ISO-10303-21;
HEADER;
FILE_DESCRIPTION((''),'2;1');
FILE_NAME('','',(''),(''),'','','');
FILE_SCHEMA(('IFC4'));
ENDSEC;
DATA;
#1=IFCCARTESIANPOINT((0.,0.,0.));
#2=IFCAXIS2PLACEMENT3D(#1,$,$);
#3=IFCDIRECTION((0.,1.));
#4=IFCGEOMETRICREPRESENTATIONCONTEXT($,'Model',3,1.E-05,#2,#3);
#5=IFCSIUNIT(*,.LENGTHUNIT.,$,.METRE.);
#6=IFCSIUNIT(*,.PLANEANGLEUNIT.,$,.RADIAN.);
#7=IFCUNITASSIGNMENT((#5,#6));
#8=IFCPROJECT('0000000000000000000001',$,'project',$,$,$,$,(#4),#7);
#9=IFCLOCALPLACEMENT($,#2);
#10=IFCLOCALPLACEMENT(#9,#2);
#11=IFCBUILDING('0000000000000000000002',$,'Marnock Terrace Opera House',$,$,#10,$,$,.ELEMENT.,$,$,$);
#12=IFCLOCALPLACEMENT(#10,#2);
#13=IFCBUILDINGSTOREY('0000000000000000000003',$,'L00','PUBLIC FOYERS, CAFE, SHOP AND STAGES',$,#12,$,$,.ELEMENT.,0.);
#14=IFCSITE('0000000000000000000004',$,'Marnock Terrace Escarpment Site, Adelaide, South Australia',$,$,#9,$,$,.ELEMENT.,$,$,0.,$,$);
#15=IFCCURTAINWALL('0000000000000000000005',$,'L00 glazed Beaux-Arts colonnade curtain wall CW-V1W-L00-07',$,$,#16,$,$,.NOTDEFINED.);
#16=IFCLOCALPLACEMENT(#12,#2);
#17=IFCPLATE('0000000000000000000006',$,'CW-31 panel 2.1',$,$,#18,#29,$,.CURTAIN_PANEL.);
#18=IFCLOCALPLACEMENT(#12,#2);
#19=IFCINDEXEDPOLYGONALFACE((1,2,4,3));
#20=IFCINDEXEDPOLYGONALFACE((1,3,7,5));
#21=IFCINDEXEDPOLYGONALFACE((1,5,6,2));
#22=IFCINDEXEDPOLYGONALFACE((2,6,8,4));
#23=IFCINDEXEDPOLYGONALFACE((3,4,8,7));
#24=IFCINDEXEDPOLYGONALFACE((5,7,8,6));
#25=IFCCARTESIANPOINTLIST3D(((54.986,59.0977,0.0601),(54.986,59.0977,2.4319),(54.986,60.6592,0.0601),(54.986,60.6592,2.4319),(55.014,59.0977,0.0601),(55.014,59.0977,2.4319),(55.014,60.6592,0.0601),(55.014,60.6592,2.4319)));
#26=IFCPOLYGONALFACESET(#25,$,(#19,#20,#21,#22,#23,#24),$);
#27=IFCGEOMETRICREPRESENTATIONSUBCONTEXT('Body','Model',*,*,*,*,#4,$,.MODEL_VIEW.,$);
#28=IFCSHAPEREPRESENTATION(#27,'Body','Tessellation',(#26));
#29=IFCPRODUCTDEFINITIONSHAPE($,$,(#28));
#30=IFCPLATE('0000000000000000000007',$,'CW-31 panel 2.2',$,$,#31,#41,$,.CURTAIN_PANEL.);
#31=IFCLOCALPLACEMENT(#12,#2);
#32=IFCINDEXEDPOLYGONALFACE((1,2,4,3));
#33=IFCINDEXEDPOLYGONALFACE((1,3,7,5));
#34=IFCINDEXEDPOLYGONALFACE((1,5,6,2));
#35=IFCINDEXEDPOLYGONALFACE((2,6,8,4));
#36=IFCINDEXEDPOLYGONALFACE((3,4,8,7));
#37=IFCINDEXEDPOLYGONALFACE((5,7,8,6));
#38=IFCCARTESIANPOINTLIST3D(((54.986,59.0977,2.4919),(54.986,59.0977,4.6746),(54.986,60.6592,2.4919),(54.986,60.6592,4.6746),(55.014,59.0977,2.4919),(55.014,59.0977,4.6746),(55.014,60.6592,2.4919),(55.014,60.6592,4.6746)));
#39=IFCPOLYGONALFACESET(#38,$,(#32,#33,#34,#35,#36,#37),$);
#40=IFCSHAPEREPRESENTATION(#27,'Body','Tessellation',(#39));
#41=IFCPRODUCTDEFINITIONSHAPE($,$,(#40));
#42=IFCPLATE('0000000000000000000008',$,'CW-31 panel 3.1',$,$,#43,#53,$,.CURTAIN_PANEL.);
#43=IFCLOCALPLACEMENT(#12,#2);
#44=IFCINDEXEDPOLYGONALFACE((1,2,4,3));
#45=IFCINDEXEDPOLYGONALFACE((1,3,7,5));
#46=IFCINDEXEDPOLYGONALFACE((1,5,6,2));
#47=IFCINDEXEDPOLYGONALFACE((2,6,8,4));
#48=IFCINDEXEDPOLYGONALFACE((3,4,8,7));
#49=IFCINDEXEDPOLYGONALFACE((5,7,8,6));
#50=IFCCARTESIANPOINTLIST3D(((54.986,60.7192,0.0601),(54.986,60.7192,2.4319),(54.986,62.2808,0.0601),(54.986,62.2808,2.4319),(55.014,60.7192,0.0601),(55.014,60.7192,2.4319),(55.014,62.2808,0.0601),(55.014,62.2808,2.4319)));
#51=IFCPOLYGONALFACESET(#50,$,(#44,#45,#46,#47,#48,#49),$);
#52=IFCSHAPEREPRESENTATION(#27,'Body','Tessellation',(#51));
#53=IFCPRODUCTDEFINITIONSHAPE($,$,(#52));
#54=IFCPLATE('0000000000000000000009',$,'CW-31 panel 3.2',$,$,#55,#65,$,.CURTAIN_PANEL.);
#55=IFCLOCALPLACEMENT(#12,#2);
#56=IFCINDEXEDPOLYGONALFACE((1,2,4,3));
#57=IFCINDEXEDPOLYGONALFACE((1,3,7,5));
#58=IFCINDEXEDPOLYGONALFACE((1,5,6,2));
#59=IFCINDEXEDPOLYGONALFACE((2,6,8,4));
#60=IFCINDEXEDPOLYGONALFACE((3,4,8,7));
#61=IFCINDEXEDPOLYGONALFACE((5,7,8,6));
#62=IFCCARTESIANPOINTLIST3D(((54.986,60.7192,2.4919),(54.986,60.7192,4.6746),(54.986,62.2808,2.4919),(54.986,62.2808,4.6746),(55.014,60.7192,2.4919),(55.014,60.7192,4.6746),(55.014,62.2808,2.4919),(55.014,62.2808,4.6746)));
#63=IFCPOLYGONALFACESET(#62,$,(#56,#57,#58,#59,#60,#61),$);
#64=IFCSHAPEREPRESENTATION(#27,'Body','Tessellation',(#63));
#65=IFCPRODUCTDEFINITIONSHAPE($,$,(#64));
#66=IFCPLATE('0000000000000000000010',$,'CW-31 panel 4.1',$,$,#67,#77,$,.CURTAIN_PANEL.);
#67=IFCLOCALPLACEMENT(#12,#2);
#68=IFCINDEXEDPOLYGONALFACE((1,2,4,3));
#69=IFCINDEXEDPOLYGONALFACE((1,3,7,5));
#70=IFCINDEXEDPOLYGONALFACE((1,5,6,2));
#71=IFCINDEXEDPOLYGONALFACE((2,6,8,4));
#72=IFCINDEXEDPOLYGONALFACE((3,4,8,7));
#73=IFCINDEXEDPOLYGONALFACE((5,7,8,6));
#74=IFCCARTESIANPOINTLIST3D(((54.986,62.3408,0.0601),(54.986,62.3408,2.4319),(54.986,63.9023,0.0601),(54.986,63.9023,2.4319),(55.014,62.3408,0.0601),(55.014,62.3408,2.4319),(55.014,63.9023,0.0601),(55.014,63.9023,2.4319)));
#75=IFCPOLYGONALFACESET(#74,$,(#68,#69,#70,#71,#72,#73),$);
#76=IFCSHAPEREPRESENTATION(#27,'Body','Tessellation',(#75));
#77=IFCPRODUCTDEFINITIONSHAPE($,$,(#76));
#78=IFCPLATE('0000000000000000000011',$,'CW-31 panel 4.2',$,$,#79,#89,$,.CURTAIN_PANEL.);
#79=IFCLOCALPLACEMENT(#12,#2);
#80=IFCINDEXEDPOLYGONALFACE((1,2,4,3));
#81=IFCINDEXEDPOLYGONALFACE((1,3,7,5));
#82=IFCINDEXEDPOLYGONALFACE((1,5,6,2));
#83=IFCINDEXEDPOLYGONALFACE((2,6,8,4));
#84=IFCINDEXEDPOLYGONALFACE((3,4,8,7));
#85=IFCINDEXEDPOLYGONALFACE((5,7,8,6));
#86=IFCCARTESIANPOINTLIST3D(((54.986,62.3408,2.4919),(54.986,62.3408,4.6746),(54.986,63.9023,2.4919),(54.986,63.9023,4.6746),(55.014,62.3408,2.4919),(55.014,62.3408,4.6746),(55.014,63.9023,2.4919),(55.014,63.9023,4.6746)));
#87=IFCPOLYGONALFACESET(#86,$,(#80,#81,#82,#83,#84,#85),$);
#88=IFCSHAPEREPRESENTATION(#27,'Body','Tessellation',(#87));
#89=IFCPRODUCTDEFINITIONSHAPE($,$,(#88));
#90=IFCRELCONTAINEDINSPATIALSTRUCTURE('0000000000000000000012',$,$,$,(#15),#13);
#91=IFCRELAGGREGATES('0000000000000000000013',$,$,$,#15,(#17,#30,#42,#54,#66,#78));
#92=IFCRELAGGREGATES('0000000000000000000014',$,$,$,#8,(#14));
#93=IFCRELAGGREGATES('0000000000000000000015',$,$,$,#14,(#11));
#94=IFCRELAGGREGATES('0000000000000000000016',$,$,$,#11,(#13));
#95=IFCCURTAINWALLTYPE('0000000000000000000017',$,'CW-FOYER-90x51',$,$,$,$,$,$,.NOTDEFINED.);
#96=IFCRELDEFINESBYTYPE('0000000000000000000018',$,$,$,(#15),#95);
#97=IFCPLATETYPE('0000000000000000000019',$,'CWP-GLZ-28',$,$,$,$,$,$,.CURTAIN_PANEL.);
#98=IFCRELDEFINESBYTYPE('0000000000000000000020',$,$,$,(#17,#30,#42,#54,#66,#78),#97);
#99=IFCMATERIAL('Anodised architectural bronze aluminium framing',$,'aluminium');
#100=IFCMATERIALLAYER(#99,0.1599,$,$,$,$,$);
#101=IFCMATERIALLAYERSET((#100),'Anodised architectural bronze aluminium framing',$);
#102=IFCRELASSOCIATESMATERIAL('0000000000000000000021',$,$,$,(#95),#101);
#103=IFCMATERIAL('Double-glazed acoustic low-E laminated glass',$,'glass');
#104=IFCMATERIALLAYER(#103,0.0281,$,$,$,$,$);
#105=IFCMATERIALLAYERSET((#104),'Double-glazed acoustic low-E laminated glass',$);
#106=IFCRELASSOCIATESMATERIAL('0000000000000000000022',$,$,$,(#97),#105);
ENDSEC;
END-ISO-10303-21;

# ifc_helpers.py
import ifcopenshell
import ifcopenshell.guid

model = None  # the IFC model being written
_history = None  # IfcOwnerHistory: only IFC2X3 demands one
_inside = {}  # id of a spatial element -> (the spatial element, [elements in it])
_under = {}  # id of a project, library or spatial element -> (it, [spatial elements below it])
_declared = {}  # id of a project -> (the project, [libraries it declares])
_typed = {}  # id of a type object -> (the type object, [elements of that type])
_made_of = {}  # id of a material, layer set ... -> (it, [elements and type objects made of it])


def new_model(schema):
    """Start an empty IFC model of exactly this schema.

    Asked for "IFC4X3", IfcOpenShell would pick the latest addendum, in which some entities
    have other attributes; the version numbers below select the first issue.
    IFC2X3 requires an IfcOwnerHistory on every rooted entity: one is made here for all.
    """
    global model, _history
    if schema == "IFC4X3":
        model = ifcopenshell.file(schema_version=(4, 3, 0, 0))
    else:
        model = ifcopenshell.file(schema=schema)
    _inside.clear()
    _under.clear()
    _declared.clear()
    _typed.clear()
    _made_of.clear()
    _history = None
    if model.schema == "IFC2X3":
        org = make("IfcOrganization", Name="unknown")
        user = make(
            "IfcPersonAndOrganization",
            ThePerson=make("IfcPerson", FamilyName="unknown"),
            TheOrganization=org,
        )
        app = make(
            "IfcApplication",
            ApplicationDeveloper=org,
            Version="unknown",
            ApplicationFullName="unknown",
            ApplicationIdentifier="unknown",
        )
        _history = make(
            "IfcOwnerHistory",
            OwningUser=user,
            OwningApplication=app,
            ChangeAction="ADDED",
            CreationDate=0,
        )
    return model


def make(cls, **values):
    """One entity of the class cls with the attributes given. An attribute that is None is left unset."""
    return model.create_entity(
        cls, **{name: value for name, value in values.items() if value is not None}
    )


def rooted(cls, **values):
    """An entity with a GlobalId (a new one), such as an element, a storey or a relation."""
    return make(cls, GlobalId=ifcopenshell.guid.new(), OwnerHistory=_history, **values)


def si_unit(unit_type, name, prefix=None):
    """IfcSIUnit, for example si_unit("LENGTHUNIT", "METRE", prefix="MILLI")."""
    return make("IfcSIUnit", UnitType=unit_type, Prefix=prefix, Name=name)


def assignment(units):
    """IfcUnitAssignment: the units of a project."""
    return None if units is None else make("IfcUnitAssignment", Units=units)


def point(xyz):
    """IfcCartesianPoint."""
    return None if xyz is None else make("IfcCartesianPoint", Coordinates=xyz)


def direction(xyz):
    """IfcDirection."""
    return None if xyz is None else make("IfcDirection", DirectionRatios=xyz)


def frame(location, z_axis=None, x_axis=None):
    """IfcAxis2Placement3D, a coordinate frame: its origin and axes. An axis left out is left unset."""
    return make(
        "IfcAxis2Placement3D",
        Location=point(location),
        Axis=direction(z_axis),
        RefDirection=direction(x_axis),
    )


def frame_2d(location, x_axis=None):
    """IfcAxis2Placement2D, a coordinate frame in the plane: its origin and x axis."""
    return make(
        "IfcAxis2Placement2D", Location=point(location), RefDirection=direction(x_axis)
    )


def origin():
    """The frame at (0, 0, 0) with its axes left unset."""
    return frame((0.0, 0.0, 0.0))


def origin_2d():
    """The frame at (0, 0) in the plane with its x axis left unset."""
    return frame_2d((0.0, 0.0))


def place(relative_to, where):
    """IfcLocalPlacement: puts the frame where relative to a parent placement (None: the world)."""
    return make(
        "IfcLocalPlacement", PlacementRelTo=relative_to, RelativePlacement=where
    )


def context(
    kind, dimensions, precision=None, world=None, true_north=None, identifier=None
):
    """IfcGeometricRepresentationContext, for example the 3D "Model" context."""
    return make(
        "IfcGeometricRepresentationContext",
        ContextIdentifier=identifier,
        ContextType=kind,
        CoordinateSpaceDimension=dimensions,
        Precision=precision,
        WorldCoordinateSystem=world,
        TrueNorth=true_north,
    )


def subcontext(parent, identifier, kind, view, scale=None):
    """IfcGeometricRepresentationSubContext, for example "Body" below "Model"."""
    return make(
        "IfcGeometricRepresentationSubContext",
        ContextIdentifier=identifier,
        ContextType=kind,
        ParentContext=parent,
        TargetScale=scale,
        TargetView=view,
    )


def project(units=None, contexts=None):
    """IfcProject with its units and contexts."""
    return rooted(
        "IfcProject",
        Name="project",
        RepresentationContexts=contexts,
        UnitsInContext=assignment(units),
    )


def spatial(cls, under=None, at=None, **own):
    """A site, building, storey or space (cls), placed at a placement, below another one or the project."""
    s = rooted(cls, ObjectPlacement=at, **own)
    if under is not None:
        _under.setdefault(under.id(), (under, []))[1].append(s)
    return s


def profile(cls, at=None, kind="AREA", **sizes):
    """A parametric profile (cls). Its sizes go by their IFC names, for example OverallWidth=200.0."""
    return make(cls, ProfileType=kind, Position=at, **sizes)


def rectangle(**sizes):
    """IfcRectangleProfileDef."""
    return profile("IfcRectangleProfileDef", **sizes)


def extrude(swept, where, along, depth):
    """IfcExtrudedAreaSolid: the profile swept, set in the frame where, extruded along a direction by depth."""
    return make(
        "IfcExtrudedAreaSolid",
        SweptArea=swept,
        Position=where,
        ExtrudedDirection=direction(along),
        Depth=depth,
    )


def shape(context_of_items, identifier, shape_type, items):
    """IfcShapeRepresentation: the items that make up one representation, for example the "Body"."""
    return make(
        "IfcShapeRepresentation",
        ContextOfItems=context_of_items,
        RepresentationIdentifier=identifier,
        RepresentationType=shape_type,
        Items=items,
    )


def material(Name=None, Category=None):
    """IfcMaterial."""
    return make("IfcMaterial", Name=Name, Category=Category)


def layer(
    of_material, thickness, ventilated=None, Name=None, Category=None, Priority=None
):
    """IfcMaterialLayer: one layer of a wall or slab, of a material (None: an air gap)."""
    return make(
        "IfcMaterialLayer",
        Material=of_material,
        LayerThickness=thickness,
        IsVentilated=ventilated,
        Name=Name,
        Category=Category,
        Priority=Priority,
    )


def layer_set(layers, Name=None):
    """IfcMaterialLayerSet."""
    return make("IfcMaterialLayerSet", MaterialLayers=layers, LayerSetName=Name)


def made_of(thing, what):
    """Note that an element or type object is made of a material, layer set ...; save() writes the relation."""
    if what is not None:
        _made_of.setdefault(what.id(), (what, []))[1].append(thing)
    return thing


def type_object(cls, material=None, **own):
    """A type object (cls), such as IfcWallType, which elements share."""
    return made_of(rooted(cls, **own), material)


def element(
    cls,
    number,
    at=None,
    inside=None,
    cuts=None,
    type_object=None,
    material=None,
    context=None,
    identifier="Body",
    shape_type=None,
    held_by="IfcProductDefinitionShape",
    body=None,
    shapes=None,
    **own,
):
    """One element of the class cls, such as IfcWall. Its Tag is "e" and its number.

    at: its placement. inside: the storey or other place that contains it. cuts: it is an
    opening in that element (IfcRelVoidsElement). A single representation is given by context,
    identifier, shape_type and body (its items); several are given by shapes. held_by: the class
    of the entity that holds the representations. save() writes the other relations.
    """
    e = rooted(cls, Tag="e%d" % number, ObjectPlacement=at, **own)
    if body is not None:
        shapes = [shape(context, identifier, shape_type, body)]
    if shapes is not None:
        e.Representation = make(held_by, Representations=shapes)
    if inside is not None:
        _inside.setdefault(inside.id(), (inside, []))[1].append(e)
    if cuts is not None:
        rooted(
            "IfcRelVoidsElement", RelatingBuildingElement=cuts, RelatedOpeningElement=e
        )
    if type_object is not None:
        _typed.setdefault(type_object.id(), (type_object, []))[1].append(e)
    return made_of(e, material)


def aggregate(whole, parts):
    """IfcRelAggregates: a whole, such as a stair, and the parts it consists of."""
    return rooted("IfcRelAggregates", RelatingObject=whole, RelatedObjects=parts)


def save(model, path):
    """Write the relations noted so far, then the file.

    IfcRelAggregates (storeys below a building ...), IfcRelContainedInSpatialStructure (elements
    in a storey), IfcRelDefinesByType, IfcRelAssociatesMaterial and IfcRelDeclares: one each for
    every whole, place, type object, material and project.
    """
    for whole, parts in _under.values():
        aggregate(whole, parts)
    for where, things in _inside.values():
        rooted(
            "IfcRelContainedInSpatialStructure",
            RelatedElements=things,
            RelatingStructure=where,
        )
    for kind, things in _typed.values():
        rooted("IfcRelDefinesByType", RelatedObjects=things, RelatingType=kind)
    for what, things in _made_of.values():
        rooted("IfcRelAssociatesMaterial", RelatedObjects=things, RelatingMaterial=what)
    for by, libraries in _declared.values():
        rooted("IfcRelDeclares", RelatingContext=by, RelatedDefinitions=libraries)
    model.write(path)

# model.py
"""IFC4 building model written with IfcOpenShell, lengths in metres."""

from ifc_helpers import new_model, si_unit, direction, frame, origin, origin_2d, place, context, subcontext, project, spatial, rectangle, extrude, material, layer, layer_set, type_object, element, aggregate, save


model = new_model("IFC4")

# Units and contexts
model_context = context("Model", 3, precision=1e-05, world=origin(), true_north=direction((0.0, 1.0)))
body_context = subcontext(model_context, "Body", "Model", "MODEL_VIEW")
ifc_project = project(units=[si_unit("LENGTHUNIT", "METRE"), si_unit("PLANEANGLEUNIT", "RADIAN")], contexts=[model_context])

# Site, building, storey
site_placement = place(None, origin())
site = spatial("IfcSite", under=ifc_project, at=site_placement, Name="Marnock Terrace Escarpment Site, Adelaide, South Australia", CompositionType="ELEMENT", RefElevation=0.0)
building_placement = place(site_placement, origin())
building = spatial("IfcBuilding", under=site, at=building_placement, Name="Marnock Terrace Opera House", CompositionType="ELEMENT")
storey_placement = place(building_placement, origin())
storey = spatial("IfcBuildingStorey", under=building, at=storey_placement, Name="L00", Description="PUBLIC FOYERS, CAFE, SHOP AND STAGES", CompositionType="ELEMENT", Elevation=0.0)

# Curtain wall, plates
ifc_material_1 = material(Name="Anodised architectural bronze aluminium framing", Category="aluminium")
ifc_layer_1 = layer(ifc_material_1, 0.1599)
ifc_layer_set_1 = layer_set([ifc_layer_1], Name="Anodised architectural bronze aluminium framing")
curtain_wall_type = type_object("IfcCurtainWallType", Name="CW-FOYER-90x51", PredefinedType="NOTDEFINED", material=ifc_layer_set_1)
curtain_wall_placement = place(storey_placement, origin())
curtain_wall = element("IfcCurtainWall", 1, at=curtain_wall_placement, inside=storey, type_object=curtain_wall_type, Name="L00 glazed Beaux-Arts colonnade curtain wall CW-V1W-L00-07", PredefinedType="NOTDEFINED")
ifc_material_2 = material(Name="Double-glazed acoustic low-E laminated glass", Category="glass")
ifc_layer_2 = layer(ifc_material_2, 0.0281)
ifc_layer_set_2 = layer_set([ifc_layer_2], Name="Double-glazed acoustic low-E laminated glass")
plate_type = type_object("IfcPlateType", Name="CWP-GLZ-28", PredefinedType="CURTAIN_PANEL", material=ifc_layer_set_2)
plate_1_placement = place(storey_placement, frame((55.0, 59.8784, 0.0601), z_axis=(0.0, 0.0, 1.0), x_axis=(0.0, 1.0, 0.0)))
plate_1 = element("IfcPlate", 2, at=plate_1_placement, type_object=plate_type, Name="CW-31 panel 2.1", PredefinedType="CURTAIN_PANEL", context=body_context, shape_type="SweptSolid", body=[
    extrude(rectangle(XDim=1.5615, YDim=0.0281, at=origin_2d()), origin(), (0.0, 0.0, 1.0), 2.3718),
])
plate_2_placement = place(storey_placement, frame((55.0, 59.8784, 2.4919), z_axis=(0.0, 0.0, 1.0), x_axis=(0.0, 1.0, 0.0)))
plate_2 = element("IfcPlate", 3, at=plate_2_placement, type_object=plate_type, Name="CW-31 panel 2.2", PredefinedType="CURTAIN_PANEL", context=body_context, shape_type="SweptSolid", body=[
    extrude(rectangle(XDim=1.5615, YDim=0.0281, at=origin_2d()), origin(), (0.0, 0.0, 1.0), 2.1826),
])
plate_3_placement = place(storey_placement, frame((55.0, 61.5, 0.0601), z_axis=(0.0, 0.0, 1.0), x_axis=(0.0, 1.0, 0.0)))
plate_3 = element("IfcPlate", 4, at=plate_3_placement, type_object=plate_type, Name="CW-31 panel 3.1", PredefinedType="CURTAIN_PANEL", context=body_context, shape_type="SweptSolid", body=[
    extrude(rectangle(XDim=1.5615, YDim=0.0281, at=origin_2d()), origin(), (0.0, 0.0, 1.0), 2.3718),
])
plate_4_placement = place(storey_placement, frame((55.0, 61.5, 2.4919), z_axis=(0.0, 0.0, 1.0), x_axis=(0.0, 1.0, 0.0)))
plate_4 = element("IfcPlate", 5, at=plate_4_placement, type_object=plate_type, Name="CW-31 panel 3.2", PredefinedType="CURTAIN_PANEL", context=body_context, shape_type="SweptSolid", body=[
    extrude(rectangle(XDim=1.5615, YDim=0.0281, at=origin_2d()), origin(), (0.0, 0.0, 1.0), 2.1826),
])
plate_5_placement = place(storey_placement, frame((55.0, 63.1216, 0.0601), z_axis=(0.0, 0.0, 1.0), x_axis=(0.0, 1.0, 0.0)))
plate_5 = element("IfcPlate", 6, at=plate_5_placement, type_object=plate_type, Name="CW-31 panel 4.1", PredefinedType="CURTAIN_PANEL", context=body_context, shape_type="SweptSolid", body=[
    extrude(rectangle(XDim=1.5615, YDim=0.0281, at=origin_2d()), origin(), (0.0, 0.0, 1.0), 2.3718),
])
plate_6_placement = place(storey_placement, frame((55.0, 63.1216, 2.4919), z_axis=(0.0, 0.0, 1.0), x_axis=(0.0, 1.0, 0.0)))
plate_6 = element("IfcPlate", 7, at=plate_6_placement, type_object=plate_type, Name="CW-31 panel 4.2", PredefinedType="CURTAIN_PANEL", context=body_context, shape_type="SweptSolid", body=[
    extrude(rectangle(XDim=1.5615, YDim=0.0281, at=origin_2d()), origin(), (0.0, 0.0, 1.0), 2.1826),
])
aggregate(curtain_wall, [plate_1, plate_2, plate_3, plate_4, plate_5, plate_6])

save(model, "model.ifc")
